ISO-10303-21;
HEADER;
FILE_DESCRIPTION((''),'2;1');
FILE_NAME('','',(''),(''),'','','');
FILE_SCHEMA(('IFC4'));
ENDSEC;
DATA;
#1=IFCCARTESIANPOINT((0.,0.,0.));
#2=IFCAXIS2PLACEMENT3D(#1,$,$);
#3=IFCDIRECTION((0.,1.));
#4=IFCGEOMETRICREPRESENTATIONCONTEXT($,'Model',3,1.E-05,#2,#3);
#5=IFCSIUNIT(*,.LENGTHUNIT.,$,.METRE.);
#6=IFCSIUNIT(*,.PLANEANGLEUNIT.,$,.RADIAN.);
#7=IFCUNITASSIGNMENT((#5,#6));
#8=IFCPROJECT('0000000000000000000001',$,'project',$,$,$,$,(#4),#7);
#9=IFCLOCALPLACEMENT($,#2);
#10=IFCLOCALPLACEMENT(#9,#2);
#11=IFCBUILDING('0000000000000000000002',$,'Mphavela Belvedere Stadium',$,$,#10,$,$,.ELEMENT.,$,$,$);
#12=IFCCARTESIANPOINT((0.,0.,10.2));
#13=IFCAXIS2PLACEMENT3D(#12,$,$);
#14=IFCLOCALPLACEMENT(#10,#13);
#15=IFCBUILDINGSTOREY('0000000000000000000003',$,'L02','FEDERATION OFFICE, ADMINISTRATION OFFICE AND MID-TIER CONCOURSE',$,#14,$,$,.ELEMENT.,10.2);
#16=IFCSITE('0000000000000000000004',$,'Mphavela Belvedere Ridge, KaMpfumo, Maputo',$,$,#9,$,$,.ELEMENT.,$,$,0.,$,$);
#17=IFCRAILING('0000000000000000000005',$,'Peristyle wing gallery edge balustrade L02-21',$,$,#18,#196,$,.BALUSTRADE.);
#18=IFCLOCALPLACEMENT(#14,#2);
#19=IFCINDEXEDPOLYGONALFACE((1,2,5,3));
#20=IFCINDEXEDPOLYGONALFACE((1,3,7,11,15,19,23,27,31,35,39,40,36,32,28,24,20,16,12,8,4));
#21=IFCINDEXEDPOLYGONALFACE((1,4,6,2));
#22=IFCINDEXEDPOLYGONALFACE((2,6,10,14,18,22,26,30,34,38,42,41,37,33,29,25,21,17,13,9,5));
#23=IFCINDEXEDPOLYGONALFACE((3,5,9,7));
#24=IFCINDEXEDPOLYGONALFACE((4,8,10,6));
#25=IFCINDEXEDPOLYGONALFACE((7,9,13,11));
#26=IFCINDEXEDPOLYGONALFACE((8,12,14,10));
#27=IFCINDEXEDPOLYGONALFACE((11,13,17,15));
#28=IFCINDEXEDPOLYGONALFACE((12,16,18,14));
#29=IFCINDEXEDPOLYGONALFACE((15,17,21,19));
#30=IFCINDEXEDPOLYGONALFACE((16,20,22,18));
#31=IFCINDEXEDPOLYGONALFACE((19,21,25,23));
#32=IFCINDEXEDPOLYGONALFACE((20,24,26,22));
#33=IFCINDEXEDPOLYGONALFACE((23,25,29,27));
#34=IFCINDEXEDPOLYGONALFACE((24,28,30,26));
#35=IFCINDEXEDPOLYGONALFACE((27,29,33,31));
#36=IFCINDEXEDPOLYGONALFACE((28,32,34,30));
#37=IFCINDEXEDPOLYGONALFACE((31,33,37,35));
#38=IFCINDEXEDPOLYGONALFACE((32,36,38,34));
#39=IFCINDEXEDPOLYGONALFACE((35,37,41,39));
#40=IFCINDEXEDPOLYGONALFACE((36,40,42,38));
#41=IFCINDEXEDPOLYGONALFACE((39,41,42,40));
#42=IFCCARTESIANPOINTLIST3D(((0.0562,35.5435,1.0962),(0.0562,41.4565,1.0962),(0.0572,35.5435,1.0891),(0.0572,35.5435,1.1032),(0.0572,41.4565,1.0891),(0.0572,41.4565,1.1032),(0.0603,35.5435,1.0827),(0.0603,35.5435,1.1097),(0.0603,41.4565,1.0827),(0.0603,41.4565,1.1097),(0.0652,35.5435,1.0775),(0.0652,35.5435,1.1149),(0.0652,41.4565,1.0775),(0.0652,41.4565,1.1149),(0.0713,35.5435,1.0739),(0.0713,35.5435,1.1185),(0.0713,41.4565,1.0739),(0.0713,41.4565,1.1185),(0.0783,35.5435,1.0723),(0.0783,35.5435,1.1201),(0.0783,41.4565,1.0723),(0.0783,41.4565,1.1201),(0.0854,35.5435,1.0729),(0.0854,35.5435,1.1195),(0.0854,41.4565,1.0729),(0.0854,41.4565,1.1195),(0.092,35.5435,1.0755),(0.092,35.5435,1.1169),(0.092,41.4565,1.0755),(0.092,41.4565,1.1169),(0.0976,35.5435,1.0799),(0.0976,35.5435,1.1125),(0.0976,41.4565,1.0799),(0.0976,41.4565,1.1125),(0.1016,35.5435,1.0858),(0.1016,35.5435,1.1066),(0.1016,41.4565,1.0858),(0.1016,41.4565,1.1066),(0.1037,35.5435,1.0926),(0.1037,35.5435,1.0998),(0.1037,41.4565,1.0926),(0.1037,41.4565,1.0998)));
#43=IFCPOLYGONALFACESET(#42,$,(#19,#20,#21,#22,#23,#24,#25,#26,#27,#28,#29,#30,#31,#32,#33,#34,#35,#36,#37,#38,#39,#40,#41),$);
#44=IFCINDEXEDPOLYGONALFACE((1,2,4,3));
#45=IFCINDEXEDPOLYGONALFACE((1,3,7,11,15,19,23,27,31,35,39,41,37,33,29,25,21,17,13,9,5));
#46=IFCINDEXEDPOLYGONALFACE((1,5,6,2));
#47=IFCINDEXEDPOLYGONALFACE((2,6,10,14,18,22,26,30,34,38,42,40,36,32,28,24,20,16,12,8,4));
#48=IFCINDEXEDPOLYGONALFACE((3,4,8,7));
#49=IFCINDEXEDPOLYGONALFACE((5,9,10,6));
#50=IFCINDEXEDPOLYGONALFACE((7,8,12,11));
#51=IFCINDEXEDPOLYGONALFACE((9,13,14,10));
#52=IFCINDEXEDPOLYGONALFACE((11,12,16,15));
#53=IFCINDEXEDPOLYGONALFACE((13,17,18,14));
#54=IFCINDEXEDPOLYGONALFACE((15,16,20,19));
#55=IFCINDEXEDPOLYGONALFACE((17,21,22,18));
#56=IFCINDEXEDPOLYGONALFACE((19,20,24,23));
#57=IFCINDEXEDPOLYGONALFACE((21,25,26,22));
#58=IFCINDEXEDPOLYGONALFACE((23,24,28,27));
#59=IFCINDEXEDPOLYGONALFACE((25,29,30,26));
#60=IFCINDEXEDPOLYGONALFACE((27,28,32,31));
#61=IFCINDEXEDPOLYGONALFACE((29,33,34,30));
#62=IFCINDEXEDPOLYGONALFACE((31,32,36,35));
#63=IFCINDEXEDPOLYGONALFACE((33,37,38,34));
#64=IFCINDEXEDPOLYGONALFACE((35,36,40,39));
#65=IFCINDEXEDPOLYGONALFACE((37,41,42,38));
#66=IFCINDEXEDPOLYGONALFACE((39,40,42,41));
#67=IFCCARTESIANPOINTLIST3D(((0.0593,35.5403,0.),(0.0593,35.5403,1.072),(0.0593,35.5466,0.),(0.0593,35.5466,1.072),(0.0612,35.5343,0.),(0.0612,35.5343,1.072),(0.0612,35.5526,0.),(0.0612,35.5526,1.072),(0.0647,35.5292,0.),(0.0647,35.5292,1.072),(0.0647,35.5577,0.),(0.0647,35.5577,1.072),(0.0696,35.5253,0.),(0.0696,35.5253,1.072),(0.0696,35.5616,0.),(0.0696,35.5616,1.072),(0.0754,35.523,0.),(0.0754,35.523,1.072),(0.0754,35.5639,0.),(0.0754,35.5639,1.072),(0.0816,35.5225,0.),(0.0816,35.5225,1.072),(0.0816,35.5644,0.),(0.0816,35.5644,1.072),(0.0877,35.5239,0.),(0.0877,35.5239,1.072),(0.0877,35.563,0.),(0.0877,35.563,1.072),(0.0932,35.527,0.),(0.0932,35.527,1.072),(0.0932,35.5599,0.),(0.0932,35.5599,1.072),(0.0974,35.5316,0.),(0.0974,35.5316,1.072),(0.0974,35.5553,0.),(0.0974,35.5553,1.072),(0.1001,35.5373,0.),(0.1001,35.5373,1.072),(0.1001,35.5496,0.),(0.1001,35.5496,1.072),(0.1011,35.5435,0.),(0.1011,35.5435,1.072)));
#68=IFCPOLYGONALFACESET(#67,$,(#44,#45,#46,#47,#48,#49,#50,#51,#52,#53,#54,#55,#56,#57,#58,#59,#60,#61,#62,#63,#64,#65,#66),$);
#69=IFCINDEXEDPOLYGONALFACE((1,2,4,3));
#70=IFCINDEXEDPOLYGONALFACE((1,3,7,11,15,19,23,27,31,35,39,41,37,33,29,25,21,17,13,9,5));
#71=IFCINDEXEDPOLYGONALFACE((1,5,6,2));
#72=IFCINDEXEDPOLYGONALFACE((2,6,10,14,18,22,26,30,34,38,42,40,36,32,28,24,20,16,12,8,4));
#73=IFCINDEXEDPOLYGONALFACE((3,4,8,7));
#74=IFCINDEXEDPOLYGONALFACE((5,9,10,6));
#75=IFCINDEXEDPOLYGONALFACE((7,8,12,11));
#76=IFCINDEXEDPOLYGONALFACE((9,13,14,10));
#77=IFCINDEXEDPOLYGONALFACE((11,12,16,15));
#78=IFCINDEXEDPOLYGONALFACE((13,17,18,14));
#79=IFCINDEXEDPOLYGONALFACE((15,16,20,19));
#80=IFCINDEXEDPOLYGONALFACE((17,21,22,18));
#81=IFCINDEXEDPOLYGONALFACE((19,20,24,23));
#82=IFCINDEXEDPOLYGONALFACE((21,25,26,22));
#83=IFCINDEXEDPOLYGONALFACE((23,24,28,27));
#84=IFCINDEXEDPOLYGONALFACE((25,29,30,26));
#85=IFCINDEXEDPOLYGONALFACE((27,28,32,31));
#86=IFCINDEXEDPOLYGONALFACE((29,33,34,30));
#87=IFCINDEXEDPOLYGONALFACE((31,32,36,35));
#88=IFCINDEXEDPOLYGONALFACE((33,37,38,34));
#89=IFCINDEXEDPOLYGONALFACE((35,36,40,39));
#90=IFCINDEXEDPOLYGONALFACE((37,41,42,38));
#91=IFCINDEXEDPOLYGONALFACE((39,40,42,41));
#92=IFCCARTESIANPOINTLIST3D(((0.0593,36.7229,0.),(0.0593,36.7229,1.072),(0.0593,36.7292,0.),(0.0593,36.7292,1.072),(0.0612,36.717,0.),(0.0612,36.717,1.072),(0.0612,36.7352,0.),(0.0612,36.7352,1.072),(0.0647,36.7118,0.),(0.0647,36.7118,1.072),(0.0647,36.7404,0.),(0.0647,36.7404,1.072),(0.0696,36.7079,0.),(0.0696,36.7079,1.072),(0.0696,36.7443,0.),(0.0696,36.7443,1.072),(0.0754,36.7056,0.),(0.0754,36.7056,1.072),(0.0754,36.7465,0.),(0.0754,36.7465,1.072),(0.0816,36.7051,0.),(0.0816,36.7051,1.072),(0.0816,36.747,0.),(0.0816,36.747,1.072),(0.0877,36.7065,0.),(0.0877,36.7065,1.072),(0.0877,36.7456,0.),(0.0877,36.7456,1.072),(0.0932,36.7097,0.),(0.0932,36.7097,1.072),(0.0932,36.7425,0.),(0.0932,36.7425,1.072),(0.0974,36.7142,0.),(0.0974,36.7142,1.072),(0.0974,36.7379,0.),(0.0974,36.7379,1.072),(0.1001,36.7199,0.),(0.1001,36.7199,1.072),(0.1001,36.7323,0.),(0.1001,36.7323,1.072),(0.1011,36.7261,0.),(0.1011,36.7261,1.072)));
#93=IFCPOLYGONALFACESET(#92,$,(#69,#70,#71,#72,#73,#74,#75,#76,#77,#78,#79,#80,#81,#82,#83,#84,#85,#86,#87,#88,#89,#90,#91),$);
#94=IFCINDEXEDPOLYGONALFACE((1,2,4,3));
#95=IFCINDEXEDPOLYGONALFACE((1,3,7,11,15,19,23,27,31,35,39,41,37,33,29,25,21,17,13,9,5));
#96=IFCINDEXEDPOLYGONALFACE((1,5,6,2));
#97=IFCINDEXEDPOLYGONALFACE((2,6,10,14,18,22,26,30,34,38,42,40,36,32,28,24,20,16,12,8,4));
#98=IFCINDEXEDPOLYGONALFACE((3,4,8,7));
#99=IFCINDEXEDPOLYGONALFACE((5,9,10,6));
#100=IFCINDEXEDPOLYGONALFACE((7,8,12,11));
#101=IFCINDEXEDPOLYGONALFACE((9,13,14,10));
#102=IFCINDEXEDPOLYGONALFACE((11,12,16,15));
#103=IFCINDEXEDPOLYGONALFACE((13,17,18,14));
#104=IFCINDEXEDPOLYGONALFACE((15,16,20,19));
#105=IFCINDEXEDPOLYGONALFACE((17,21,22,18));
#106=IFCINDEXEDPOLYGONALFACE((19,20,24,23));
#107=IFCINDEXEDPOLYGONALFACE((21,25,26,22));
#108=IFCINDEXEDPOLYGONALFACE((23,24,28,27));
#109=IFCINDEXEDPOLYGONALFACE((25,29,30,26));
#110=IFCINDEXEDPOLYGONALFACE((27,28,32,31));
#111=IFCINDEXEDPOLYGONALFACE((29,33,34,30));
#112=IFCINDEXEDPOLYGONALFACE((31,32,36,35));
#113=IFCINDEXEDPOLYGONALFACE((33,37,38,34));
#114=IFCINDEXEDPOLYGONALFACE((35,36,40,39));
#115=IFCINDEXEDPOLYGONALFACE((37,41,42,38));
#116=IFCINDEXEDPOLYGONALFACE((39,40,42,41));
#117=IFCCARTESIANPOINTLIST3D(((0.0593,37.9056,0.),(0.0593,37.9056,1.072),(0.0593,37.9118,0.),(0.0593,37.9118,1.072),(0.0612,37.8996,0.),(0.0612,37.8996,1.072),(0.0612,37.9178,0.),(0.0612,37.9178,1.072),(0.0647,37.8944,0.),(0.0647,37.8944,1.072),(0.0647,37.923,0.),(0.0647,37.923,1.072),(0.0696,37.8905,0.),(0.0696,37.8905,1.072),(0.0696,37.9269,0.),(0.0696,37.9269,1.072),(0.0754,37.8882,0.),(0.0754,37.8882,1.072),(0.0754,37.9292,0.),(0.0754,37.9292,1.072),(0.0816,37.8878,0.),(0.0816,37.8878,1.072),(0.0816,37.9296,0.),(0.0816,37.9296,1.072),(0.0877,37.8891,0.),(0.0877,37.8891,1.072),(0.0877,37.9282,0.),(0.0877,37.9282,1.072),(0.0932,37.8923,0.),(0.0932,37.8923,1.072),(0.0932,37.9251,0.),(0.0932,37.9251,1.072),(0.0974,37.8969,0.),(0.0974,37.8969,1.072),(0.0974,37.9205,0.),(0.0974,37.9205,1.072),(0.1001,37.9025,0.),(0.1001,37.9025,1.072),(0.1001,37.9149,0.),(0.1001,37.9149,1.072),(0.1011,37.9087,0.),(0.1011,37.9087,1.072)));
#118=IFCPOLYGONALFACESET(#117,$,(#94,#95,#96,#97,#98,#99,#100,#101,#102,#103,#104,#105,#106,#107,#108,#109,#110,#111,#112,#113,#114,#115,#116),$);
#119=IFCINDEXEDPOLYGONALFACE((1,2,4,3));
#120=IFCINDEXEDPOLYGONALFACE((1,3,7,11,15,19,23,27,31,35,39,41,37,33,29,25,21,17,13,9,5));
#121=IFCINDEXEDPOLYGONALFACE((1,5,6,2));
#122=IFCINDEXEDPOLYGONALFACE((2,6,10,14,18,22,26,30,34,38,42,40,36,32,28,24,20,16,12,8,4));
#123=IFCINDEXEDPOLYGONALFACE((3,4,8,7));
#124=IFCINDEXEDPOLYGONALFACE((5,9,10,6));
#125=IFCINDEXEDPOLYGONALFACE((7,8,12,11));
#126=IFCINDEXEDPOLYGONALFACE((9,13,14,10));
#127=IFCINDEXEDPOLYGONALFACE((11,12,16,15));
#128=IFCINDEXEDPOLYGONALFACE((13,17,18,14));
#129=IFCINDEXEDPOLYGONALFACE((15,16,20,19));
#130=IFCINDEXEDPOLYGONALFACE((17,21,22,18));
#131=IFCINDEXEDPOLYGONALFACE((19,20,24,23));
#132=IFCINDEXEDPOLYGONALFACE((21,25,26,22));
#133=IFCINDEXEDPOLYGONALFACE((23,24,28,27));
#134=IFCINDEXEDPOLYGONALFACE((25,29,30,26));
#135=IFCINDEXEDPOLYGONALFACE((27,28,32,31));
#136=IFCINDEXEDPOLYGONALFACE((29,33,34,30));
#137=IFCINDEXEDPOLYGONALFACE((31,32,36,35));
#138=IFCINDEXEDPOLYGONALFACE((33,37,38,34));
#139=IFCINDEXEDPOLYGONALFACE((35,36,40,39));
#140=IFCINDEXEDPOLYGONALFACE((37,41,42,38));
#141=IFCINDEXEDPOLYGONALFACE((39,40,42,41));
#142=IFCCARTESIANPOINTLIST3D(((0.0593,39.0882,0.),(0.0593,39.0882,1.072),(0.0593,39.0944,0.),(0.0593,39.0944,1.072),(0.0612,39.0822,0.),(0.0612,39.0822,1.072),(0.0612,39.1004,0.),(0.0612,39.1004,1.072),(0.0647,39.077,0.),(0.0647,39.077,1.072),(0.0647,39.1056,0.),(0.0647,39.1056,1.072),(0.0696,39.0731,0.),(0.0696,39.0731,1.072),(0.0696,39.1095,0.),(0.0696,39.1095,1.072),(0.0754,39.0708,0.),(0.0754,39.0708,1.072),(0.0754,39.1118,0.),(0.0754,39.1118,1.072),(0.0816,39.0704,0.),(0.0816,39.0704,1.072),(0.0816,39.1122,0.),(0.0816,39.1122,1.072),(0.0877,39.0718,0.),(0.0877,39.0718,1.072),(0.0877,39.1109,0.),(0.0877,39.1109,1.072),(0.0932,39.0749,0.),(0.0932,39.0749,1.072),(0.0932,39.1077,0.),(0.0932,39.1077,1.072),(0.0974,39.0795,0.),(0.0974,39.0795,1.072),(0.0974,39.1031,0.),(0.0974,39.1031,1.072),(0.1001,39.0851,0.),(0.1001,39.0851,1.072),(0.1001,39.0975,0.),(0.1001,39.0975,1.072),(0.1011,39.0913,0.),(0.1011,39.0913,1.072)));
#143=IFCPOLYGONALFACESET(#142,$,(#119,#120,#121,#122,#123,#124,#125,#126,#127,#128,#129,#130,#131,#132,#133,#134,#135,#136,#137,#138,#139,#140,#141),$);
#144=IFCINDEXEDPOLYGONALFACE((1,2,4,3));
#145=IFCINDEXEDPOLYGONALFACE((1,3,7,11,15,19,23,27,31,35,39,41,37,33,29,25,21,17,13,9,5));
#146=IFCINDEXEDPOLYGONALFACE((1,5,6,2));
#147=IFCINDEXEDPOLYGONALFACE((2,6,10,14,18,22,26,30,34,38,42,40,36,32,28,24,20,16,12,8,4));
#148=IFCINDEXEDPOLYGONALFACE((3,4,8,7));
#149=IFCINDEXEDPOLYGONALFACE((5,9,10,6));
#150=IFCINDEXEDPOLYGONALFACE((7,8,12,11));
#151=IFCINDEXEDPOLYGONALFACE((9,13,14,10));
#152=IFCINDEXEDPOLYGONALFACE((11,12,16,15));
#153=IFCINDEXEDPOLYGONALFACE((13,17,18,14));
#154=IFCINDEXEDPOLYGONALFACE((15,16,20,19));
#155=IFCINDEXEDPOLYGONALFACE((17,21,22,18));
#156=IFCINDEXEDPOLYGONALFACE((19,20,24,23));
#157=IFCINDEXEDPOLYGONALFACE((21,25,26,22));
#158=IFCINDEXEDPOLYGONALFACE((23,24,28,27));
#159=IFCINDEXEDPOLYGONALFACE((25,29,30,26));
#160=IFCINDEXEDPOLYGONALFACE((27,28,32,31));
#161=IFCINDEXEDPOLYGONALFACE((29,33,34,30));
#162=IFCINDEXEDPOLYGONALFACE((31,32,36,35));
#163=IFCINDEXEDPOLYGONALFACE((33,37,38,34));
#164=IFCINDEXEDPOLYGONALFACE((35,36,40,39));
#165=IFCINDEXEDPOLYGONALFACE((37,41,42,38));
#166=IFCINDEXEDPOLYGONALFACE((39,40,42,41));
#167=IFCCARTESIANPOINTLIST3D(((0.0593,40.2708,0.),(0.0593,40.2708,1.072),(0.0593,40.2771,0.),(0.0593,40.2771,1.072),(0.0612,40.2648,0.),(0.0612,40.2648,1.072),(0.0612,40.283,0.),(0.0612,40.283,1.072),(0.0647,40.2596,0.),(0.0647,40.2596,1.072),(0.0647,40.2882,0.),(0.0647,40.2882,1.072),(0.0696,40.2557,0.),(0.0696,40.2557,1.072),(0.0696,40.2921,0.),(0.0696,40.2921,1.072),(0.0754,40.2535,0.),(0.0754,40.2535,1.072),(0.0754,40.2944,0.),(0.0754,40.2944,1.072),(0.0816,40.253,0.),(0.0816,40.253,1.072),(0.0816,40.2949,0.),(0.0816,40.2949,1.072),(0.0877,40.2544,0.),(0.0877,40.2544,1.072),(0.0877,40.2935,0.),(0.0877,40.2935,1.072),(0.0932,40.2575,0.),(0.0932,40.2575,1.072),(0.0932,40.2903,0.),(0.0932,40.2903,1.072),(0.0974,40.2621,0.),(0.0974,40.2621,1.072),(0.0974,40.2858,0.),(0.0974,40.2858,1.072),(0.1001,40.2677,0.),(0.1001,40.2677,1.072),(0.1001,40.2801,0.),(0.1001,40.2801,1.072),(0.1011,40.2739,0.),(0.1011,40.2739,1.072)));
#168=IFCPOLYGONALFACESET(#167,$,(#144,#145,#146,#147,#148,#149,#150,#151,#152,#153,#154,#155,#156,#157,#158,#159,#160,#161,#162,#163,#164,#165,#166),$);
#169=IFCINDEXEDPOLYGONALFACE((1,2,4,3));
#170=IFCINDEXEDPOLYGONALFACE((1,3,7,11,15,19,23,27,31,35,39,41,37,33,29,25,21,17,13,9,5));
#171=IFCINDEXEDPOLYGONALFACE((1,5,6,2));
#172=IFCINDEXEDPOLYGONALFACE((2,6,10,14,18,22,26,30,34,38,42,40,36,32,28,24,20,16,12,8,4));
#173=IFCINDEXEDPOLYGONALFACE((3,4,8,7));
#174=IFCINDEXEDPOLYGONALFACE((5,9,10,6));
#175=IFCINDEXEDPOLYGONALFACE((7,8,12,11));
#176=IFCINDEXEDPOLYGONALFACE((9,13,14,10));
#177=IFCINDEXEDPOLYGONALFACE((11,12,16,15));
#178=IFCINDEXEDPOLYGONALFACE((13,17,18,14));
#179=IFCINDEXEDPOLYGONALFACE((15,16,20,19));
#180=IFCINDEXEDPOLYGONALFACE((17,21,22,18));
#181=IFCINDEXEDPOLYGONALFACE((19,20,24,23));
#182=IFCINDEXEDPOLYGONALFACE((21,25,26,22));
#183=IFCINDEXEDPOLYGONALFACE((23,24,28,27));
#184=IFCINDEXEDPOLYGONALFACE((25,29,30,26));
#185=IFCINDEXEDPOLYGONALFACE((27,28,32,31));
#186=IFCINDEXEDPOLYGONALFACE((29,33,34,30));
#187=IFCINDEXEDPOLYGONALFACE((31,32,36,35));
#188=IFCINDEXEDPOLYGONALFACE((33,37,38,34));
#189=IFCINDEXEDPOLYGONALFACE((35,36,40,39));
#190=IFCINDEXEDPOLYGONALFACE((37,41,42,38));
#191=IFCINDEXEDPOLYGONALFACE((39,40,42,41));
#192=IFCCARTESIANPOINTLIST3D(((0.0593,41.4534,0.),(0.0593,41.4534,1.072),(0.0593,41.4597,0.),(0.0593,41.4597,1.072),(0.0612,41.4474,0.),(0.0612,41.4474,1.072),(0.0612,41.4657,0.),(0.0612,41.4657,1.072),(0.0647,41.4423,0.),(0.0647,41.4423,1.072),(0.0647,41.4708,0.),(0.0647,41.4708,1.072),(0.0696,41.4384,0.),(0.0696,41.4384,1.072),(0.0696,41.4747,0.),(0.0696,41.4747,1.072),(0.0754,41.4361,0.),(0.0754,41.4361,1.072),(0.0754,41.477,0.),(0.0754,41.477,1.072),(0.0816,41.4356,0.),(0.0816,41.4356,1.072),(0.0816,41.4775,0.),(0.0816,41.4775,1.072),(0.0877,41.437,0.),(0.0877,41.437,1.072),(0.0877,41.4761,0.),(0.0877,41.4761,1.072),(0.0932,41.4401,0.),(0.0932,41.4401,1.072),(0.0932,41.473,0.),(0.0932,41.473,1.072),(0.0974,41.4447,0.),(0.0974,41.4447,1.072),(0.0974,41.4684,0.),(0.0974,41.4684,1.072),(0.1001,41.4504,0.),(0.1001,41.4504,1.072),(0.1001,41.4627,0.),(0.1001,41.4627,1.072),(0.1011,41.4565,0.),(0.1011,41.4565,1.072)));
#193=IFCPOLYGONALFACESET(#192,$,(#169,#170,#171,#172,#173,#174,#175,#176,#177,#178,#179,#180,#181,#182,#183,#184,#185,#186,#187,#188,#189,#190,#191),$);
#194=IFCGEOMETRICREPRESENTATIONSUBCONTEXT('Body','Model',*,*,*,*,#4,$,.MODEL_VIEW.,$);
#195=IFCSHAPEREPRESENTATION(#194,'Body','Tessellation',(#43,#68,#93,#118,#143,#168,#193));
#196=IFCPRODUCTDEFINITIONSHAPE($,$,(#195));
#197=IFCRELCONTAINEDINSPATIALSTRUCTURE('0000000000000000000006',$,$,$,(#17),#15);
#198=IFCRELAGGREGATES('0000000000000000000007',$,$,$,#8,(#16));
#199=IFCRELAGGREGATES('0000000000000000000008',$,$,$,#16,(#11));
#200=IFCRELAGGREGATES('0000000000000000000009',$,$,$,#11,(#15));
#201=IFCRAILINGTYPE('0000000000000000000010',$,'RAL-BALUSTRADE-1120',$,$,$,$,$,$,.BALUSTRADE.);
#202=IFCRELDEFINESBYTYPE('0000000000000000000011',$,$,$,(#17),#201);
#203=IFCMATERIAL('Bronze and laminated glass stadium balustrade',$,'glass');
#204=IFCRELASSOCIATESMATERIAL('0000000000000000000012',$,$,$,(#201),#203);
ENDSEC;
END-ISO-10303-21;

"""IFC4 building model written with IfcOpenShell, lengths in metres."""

from ifc_helpers import new_model, si_unit, direction, frame, origin, origin_2d, place, context, subcontext, project, spatial, circle, extrude, material, type_object, element, save


model = new_model("IFC4")

# Units and contexts
model_context = context("Model", 3, precision=1e-05, world=origin(), true_north=direction((0.0, 1.0)))
body_context = subcontext(model_context, "Body", "Model", "MODEL_VIEW")
ifc_project = project(units=[si_unit("LENGTHUNIT", "METRE"), si_unit("PLANEANGLEUNIT", "RADIAN")], contexts=[model_context])

# Site, building, storey
site_placement = place(None, origin())
site = spatial("IfcSite", under=ifc_project, at=site_placement, Name="Mphavela Belvedere Ridge, KaMpfumo, Maputo", CompositionType="ELEMENT", RefElevation=0.0)
building_placement = place(site_placement, origin())
building = spatial("IfcBuilding", under=site, at=building_placement, Name="Mphavela Belvedere Stadium", CompositionType="ELEMENT")
storey_placement = place(building_placement, frame((0.0, 0.0, 10.2)))
storey = spatial("IfcBuildingStorey", under=building, at=storey_placement, Name="L02", Description="FEDERATION OFFICE, ADMINISTRATION OFFICE AND MID-TIER CONCOURSE", CompositionType="ELEMENT", Elevation=10.2)

# Railing
ifc_material_1 = material(Name="Bronze and laminated glass stadium balustrade", Category="glass")
railing_type = type_object("IfcRailingType", Name="RAL-BALUSTRADE-1120", PredefinedType="BALUSTRADE", material=ifc_material_1)
for number, where, name in (
    (1, (0.0801, 35.5435, 0.0), "Peristyle wing gallery edge balustrade L02-21"),
):
    element("IfcRailing", number, at=place(storey_placement, frame(where)), inside=storey, type_object=railing_type, Name=name, PredefinedType="BALUSTRADE", context=body_context, shape_type="SweptSolid", body=[
        extrude(circle(Radius=0.0239, at=origin_2d()), frame((0.0, 0.0, 1.0962), z_axis=(0.0, 1.0, 0.0), x_axis=(-1.0, 0.0, 0.0)), (0.0, 0.0, 1.0), 5.9131),
        extrude(circle(Radius=0.021, at=origin_2d()), origin(), (0.0, 0.0, 1.0), 1.072),
        extrude(circle(Radius=0.021, at=origin_2d()), frame((0.0, 1.1826, 0.0)), (0.0, 0.0, 1.0), 1.072),
        extrude(circle(Radius=0.021, at=origin_2d()), frame((0.0, 2.3652, 0.0)), (0.0, 0.0, 1.0), 1.072),
        extrude(circle(Radius=0.021, at=origin_2d()), frame((0.0, 3.5479, 0.0)), (0.0, 0.0, 1.0), 1.072),
        extrude(circle(Radius=0.021, at=origin_2d()), frame((0.0, 4.7305, 0.0)), (0.0, 0.0, 1.0), 1.072),
        extrude(circle(Radius=0.021, at=origin_2d()), frame((0.0, 5.9131, 0.0)), (0.0, 0.0, 1.0), 1.072),
    ])

save(model, "model.ifc")
